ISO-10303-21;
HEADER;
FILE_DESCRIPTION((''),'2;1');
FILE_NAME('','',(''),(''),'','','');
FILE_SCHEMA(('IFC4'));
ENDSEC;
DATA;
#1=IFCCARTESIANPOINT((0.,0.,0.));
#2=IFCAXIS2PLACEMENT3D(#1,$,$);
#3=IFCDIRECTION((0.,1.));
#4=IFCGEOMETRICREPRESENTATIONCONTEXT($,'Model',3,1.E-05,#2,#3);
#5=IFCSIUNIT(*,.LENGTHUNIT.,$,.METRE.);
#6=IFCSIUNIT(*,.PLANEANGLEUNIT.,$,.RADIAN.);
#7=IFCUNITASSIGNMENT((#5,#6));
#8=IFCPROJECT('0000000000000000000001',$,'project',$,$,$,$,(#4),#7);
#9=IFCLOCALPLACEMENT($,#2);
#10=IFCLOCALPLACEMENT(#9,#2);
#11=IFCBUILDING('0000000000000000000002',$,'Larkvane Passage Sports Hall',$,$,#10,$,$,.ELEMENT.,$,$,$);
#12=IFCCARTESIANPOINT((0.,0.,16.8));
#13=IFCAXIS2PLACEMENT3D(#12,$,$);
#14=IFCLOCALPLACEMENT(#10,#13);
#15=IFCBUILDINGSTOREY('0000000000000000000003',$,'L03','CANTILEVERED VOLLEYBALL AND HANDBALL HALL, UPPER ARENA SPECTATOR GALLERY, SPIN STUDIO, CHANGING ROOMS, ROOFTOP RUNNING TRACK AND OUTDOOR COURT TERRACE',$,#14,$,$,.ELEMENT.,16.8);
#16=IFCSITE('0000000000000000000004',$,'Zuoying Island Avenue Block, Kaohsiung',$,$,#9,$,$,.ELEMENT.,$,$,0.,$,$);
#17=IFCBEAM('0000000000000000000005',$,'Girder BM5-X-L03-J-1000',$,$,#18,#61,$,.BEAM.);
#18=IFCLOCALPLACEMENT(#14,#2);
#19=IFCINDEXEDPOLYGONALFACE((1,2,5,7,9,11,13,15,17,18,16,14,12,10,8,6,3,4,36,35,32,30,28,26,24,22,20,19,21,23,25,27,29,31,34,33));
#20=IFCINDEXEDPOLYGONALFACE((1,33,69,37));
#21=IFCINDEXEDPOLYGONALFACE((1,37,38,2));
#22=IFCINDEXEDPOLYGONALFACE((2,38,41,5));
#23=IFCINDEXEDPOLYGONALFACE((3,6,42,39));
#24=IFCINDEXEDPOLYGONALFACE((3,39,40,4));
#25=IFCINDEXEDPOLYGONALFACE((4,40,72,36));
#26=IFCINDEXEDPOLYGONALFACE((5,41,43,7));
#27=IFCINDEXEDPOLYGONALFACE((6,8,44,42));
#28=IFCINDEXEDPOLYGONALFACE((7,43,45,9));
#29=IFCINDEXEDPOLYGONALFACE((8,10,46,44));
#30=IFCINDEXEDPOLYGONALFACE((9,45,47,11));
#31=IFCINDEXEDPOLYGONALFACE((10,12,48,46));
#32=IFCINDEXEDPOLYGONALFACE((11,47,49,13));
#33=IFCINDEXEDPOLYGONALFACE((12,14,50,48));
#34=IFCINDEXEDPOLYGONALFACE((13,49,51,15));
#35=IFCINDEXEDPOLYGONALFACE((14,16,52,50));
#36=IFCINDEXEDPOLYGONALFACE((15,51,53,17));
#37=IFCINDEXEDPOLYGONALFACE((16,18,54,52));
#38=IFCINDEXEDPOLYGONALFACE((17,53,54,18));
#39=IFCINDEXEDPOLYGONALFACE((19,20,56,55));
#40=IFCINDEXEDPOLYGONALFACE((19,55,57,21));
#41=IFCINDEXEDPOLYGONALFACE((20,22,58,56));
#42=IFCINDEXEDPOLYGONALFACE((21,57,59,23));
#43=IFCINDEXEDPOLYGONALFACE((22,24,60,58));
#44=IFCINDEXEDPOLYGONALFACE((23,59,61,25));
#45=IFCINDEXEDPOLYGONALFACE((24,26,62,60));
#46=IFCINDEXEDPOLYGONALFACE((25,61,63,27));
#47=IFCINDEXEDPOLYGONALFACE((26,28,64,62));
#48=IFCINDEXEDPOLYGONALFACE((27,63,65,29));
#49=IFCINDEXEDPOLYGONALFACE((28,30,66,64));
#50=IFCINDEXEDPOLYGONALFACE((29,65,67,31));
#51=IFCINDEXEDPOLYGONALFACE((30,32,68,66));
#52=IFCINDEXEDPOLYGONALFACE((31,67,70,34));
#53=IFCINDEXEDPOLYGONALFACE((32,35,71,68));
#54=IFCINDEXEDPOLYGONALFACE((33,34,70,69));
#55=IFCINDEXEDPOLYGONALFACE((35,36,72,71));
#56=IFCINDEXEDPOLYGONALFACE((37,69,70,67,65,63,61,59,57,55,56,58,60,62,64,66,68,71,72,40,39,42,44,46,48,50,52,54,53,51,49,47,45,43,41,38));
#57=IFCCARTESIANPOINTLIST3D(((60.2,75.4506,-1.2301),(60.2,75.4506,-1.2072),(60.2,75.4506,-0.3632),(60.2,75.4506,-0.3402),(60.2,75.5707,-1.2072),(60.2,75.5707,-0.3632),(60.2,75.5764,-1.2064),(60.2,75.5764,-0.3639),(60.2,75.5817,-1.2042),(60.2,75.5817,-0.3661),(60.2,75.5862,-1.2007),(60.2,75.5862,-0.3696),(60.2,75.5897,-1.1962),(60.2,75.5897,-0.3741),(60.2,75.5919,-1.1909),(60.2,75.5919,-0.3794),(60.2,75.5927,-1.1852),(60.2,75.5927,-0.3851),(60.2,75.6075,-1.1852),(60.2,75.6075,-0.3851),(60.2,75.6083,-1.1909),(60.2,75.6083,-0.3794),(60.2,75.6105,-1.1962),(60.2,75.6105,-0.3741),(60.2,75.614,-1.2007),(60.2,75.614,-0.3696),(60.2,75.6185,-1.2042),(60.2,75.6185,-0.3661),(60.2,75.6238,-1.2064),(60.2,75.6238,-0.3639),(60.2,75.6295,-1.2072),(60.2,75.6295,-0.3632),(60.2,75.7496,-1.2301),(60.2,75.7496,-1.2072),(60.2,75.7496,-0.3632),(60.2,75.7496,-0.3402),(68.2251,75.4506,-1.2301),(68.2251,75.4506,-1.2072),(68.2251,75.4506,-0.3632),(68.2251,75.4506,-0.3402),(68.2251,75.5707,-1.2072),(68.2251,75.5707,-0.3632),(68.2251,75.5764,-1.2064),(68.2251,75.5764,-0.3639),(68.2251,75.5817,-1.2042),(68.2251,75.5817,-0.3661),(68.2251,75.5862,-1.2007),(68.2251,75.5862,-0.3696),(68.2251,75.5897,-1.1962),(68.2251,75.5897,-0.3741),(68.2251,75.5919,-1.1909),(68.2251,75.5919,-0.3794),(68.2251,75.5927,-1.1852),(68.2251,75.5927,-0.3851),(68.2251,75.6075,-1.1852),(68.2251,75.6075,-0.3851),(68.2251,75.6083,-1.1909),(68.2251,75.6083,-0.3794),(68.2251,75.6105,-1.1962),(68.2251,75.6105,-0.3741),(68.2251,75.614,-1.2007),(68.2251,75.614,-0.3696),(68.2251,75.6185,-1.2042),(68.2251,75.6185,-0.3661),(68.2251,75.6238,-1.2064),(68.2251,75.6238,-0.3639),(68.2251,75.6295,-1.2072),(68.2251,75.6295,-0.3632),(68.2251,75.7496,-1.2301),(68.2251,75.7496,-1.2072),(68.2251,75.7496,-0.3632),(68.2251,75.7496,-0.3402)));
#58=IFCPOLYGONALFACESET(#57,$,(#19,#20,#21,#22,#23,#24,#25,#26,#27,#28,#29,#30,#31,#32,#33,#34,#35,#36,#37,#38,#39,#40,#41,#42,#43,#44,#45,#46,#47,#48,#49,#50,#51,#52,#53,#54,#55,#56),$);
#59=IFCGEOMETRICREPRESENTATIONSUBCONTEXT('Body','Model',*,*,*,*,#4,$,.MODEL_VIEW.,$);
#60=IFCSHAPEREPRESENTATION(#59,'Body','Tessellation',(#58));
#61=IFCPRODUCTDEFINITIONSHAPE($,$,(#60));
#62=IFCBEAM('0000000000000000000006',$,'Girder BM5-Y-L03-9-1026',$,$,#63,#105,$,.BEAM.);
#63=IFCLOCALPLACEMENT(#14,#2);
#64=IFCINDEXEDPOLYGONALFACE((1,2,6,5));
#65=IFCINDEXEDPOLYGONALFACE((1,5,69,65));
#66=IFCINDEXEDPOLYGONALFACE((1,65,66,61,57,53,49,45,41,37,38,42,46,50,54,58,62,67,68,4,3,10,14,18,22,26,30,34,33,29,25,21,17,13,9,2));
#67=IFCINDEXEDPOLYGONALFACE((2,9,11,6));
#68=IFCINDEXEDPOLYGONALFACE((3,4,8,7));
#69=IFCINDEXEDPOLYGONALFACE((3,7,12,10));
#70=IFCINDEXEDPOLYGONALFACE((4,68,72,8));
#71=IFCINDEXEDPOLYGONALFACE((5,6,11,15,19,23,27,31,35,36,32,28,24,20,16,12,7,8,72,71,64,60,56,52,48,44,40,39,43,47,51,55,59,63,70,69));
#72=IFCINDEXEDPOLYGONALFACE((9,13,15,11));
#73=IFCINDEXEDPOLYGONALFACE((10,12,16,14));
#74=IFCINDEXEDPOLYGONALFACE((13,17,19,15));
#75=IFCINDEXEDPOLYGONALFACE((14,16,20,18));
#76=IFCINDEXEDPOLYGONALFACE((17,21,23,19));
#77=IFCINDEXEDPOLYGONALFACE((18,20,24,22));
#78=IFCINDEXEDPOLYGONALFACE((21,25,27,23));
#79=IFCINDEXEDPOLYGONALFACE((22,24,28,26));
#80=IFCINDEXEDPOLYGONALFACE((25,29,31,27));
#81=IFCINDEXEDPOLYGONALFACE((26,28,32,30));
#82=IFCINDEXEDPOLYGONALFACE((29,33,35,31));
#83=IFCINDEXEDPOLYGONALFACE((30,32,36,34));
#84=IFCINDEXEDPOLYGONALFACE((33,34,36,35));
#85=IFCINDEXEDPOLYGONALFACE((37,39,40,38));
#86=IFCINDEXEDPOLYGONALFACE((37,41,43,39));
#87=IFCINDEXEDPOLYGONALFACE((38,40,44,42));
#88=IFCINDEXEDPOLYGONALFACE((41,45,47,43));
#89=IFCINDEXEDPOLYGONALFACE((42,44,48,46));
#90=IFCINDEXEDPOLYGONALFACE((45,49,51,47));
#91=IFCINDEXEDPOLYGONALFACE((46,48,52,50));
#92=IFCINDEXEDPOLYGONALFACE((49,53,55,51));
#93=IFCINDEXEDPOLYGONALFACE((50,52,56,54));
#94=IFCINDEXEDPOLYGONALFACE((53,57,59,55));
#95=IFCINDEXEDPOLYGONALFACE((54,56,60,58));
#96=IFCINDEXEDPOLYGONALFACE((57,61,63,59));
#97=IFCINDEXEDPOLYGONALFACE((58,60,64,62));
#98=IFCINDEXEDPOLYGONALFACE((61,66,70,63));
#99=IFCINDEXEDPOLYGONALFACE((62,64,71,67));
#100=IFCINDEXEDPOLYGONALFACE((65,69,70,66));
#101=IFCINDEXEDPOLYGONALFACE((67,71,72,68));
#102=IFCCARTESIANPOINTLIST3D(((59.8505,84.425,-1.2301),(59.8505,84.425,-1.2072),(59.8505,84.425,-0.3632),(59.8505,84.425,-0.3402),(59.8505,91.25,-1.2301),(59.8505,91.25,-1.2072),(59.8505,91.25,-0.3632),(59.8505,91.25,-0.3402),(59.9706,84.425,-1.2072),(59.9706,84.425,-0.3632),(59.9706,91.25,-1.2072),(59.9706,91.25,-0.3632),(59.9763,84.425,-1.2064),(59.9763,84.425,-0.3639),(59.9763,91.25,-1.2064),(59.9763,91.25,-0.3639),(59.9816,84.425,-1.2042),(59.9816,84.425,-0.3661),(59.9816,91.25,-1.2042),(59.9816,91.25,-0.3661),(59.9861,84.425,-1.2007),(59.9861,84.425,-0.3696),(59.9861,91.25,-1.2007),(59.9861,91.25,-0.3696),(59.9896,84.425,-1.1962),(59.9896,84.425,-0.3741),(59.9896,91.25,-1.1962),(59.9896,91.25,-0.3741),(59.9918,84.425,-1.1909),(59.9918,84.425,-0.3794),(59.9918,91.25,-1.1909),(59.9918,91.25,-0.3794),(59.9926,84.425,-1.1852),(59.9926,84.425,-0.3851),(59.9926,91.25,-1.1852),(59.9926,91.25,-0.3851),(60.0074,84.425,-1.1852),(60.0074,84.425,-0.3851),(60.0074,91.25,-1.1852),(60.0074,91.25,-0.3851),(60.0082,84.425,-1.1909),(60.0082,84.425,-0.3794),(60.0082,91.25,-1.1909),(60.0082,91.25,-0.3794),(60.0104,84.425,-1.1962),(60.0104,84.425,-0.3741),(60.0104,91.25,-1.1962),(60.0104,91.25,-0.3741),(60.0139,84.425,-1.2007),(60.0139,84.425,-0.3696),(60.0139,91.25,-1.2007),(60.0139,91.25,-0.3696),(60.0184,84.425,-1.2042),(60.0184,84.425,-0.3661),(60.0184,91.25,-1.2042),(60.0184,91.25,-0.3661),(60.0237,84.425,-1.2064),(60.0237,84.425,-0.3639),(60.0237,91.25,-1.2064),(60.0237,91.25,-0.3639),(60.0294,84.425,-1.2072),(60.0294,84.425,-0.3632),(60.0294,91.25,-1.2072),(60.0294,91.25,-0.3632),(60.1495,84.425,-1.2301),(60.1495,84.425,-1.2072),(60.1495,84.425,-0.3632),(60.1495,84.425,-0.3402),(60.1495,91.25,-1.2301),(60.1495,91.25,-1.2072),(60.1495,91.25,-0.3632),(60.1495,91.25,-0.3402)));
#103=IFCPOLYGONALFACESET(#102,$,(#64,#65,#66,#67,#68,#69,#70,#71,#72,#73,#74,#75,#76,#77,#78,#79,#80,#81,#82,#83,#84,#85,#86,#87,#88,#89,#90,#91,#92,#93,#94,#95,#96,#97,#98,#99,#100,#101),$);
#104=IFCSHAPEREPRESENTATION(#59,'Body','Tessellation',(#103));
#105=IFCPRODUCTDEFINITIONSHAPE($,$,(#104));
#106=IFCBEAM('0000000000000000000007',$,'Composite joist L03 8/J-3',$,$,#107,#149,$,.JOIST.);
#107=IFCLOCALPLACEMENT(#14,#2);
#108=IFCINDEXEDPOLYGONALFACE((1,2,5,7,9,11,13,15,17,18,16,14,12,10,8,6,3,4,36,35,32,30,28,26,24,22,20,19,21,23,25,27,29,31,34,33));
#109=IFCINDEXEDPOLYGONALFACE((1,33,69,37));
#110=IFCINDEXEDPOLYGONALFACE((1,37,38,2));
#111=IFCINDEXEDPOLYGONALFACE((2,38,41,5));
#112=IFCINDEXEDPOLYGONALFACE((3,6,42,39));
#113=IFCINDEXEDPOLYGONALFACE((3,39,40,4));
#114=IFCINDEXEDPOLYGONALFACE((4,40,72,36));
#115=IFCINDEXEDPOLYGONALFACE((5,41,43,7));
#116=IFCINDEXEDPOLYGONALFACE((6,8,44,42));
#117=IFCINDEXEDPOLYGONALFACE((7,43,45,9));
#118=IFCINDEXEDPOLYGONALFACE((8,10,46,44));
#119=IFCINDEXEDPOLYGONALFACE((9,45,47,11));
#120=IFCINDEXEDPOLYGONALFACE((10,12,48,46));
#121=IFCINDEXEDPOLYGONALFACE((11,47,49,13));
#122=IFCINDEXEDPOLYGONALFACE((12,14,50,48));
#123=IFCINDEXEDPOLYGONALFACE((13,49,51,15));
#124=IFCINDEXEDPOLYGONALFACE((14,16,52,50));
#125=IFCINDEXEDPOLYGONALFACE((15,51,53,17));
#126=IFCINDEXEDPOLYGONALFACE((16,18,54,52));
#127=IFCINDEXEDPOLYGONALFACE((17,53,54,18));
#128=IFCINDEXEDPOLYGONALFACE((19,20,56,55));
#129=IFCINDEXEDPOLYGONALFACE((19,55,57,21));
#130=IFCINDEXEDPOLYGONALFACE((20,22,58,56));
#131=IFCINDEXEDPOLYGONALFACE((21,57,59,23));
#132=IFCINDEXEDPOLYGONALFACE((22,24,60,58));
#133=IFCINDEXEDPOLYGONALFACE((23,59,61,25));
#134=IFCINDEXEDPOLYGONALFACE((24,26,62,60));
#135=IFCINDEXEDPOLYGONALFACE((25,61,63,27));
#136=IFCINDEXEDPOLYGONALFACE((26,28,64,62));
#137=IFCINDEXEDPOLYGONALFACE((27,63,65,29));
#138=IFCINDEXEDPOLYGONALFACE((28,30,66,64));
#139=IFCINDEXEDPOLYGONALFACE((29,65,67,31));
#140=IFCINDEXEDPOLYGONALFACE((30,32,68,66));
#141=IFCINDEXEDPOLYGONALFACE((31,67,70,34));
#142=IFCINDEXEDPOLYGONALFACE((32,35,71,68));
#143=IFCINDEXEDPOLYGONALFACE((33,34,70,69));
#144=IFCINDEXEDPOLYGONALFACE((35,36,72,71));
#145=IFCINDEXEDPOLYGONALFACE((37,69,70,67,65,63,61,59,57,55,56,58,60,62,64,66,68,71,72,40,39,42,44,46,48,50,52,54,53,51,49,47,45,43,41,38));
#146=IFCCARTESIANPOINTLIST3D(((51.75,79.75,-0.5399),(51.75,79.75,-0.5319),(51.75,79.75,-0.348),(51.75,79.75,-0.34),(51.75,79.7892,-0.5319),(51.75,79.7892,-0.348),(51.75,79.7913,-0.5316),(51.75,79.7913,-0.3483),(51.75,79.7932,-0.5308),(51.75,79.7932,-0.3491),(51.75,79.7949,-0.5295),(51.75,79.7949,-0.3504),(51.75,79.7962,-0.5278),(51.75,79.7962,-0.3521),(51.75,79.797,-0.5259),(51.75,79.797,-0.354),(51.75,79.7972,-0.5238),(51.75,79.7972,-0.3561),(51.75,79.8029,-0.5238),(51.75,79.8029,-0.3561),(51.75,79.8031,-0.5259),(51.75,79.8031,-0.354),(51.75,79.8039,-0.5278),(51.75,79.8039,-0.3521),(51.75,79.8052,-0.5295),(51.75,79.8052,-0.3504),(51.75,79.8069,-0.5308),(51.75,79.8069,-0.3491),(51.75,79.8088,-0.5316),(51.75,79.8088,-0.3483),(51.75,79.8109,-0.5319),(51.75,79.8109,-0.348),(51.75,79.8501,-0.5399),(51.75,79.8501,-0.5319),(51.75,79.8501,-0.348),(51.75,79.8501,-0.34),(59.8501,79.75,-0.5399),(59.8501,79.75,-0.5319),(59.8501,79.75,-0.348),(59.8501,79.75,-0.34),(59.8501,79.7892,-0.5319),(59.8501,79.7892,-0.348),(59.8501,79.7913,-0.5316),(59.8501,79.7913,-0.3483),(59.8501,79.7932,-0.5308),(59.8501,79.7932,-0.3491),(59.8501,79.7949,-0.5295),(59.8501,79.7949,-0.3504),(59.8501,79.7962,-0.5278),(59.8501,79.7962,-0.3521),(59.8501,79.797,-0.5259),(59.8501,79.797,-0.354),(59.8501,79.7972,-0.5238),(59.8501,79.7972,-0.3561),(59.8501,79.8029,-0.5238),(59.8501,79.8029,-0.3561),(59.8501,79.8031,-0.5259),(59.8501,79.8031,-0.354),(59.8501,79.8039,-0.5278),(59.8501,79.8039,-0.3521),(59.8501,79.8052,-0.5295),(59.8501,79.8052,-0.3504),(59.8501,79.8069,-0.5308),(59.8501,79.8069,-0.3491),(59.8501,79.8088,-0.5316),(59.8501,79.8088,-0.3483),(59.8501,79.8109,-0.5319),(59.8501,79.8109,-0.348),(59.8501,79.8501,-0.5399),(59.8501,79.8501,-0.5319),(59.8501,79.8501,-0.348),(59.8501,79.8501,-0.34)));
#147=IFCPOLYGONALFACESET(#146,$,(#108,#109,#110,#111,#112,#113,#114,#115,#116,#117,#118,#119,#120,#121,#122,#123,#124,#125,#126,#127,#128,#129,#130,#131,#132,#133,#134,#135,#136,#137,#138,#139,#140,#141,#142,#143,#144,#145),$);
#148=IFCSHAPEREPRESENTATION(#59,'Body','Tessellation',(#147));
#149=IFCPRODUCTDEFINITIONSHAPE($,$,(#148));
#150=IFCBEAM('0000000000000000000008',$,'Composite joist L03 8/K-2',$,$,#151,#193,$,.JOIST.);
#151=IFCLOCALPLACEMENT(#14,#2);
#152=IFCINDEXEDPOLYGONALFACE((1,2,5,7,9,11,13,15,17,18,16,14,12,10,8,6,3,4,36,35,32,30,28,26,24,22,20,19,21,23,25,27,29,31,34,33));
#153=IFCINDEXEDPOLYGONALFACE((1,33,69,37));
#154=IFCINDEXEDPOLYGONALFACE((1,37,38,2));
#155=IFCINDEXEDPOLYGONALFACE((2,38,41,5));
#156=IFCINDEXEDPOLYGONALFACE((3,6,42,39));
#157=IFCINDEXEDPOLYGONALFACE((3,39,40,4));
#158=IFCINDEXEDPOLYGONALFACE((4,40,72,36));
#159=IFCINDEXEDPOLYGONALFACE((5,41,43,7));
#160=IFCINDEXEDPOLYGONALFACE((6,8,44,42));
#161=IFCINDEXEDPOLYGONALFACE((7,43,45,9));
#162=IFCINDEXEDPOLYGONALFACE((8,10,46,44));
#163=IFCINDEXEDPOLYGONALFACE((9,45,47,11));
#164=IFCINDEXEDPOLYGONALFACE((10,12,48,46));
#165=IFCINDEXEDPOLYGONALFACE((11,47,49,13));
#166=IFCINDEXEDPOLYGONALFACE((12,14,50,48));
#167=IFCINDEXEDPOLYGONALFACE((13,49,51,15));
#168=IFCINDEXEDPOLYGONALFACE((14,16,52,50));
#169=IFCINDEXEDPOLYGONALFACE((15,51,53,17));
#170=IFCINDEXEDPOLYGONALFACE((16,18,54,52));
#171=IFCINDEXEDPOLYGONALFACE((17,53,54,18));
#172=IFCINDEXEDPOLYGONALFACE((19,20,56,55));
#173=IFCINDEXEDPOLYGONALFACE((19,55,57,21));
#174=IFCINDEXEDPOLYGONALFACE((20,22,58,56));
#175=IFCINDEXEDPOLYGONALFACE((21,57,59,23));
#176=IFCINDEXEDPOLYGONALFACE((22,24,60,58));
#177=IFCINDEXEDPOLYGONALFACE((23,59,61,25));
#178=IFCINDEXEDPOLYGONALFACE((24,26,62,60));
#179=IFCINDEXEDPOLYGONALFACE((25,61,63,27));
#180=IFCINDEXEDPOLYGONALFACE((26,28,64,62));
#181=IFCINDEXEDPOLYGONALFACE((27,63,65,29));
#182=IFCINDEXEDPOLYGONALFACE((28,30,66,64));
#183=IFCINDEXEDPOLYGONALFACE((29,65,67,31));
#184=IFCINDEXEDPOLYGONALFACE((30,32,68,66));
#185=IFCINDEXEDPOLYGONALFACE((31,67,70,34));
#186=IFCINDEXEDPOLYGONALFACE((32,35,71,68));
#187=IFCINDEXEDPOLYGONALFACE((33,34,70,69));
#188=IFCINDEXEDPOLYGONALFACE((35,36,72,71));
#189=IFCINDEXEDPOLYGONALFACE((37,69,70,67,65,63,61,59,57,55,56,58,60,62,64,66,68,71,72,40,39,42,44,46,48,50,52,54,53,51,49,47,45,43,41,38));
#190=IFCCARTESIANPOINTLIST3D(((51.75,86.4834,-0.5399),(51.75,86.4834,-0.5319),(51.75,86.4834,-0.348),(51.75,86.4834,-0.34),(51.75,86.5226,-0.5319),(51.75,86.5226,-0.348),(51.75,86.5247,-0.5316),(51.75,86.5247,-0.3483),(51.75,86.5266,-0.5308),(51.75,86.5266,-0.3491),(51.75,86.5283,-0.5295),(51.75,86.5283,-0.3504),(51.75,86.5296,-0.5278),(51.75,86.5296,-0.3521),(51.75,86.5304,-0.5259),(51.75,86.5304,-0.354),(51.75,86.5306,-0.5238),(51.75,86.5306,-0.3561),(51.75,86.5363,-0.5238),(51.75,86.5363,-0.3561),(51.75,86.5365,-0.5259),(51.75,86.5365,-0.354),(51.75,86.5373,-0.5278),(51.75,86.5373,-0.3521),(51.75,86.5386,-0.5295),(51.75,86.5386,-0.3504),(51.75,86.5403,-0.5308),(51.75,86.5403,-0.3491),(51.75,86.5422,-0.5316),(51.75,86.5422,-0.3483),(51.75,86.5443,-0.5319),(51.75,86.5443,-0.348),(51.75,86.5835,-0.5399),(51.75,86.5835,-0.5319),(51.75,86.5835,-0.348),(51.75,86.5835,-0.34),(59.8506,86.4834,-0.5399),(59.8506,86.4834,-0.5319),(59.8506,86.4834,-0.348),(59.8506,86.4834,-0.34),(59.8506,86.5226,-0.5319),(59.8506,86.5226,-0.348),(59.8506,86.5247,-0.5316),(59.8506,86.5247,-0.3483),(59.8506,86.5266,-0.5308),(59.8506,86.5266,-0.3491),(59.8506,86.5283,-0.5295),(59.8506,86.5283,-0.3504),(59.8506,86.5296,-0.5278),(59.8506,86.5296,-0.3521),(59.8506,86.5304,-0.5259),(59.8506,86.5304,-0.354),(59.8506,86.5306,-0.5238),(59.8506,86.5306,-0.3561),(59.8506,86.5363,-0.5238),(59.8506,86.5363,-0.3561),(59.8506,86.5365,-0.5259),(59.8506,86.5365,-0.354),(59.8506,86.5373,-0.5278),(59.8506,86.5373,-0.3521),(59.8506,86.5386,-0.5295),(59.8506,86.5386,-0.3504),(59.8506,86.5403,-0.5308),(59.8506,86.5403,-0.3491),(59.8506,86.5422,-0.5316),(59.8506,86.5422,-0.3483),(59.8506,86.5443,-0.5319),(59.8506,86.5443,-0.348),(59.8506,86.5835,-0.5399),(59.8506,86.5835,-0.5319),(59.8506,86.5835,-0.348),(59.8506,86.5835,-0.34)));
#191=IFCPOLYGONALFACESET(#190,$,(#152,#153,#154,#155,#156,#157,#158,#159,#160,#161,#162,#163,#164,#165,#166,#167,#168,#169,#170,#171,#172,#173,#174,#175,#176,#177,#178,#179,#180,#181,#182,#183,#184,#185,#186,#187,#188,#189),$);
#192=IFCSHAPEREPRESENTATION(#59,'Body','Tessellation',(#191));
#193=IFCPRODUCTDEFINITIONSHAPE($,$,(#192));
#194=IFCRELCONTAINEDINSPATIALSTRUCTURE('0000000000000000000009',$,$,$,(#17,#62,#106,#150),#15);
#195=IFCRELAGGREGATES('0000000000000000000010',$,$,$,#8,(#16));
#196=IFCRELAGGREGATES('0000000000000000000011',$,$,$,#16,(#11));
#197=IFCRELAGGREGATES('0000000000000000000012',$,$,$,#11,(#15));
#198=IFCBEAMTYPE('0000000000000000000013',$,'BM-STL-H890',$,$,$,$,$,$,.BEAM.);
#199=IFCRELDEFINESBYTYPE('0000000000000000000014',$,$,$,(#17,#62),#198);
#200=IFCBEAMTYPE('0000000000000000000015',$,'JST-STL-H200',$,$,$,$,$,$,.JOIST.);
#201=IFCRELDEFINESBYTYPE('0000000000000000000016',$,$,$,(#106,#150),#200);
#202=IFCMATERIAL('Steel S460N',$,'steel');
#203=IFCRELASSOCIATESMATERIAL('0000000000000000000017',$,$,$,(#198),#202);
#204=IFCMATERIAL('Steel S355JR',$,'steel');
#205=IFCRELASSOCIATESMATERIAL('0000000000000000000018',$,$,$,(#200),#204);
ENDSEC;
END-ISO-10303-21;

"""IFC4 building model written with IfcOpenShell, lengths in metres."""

from ifc_helpers import new_model, si_unit, direction, frame, origin, origin_2d, place, context, subcontext, project, spatial, i_section, extrude, material, material_profile, profile_set, type_object, element, save


model = new_model("IFC4")

# Units and contexts
model_context = context("Model", 3, precision=1e-05, world=origin(), true_north=direction((0.0, 1.0)))
body_context = subcontext(model_context, "Body", "Model", "MODEL_VIEW")
ifc_project = project(units=[si_unit("LENGTHUNIT", "METRE"), si_unit("PLANEANGLEUNIT", "RADIAN")], contexts=[model_context])

# Site, building, storey
site_placement = place(None, origin())
site = spatial("IfcSite", under=ifc_project, at=site_placement, Name="Zuoying Island Avenue Block, Kaohsiung", CompositionType="ELEMENT", RefElevation=0.0)
building_placement = place(site_placement, origin())
building = spatial("IfcBuilding", under=site, at=building_placement, Name="Larkvane Passage Sports Hall", CompositionType="ELEMENT")
storey_placement = place(building_placement, frame((0.0, 0.0, 16.8)))
storey = spatial("IfcBuildingStorey", under=building, at=storey_placement, Name="L03", Description="CANTILEVERED VOLLEYBALL AND HANDBALL HALL, UPPER ARENA SPECTATOR GALLERY, SPIN STUDIO, CHANGING ROOMS, ROOFTOP RUNNING TRACK AND OUTDOOR COURT TERRACE", CompositionType="ELEMENT", Elevation=16.8)

# Shared definitions
ifc_material_1 = material(Name="Steel S460N", Category="steel")
ifc_material_2 = material(Name="Steel S355JR", Category="steel")

# Beams
ifc_material_profile_1 = material_profile(ifc_material_1, i_section(OverallWidth=0.2991, OverallDepth=0.8899, WebThickness=0.0149, FlangeThickness=0.0229, FilletRadius=0.022, at=origin_2d()), Name="H-890x299x15x23")
ifc_profile_set_1 = profile_set([ifc_material_profile_1], Name="Steel S460N")
beam_type_1 = type_object("IfcBeamType", Name="BM-STL-H890", PredefinedType="BEAM", material=ifc_profile_set_1)
beam_1_placement = place(storey_placement, frame((60.2, 75.6001, -0.7852), z_axis=(1.0, 0.0, 0.0), x_axis=(0.0, 1.0, 0.0)))
element("IfcBeam", 1, at=beam_1_placement, inside=storey, type_object=beam_type_1, Name="Girder BM5-X-L03-J-1000", PredefinedType="BEAM", context=body_context, shape_type="SweptSolid", body=[
    extrude(i_section(OverallWidth=0.2991, OverallDepth=0.8899, WebThickness=0.0149, FlangeThickness=0.0229, FilletRadius=0.022, at=origin_2d()), origin(), (0.0, 0.0, 1.0), 8.0251),
])
beam_2_placement = place(storey_placement, frame((60.0, 84.425, -0.7852), z_axis=(0.0, 1.0, 0.0), x_axis=(-1.0, 0.0, 0.0)))
element("IfcBeam", 2, at=beam_2_placement, inside=storey, type_object=beam_type_1, Name="Girder BM5-Y-L03-9-1026", PredefinedType="BEAM", context=body_context, shape_type="SweptSolid", body=[
    extrude(i_section(OverallWidth=0.2991, OverallDepth=0.8899, WebThickness=0.0149, FlangeThickness=0.0229, FilletRadius=0.022, at=origin_2d()), origin(), (0.0, 0.0, 1.0), 6.825),
])
ifc_material_profile_2 = material_profile(ifc_material_2, i_section(OverallWidth=0.1001, OverallDepth=0.2, WebThickness=0.0056, FlangeThickness=0.0081, FilletRadius=0.0081, at=origin_2d()), Name="H-200x100x5.5x8")
ifc_profile_set_2 = profile_set([ifc_material_profile_2], Name="Steel S355JR")
beam_type_2 = type_object("IfcBeamType", Name="JST-STL-H200", PredefinedType="JOIST", material=ifc_profile_set_2)
beam_3_placement = place(storey_placement, frame((51.75, 79.8, -0.4399), z_axis=(1.0, 0.0, 0.0), x_axis=(0.0, 1.0, 0.0)))
element("IfcBeam", 3, at=beam_3_placement, inside=storey, type_object=beam_type_2, Name="Composite joist L03 8/J-3", PredefinedType="JOIST", context=body_context, shape_type="SweptSolid", body=[
    extrude(i_section(OverallWidth=0.1001, OverallDepth=0.2, WebThickness=0.0056, FlangeThickness=0.0081, FilletRadius=0.0081, at=origin_2d()), origin(), (0.0, 0.0, 1.0), 8.1001),
])
for number, where, z_axis, x_axis, name in (
    (4, (51.75, 86.5334, -0.4399), (1.0, 0.0, 0.0), (0.0, 1.0, 0.0), "Composite joist L03 8/K-2"),
):
    element("IfcBeam", number, at=place(storey_placement, frame(where, z_axis=z_axis, x_axis=x_axis)), inside=storey, type_object=beam_type_2, Name=name, PredefinedType="JOIST", context=body_context, shape_type="SweptSolid", body=[
        extrude(i_section(OverallWidth=0.1001, OverallDepth=0.2, WebThickness=0.0056, FlangeThickness=0.0081, FilletRadius=0.0081, at=origin_2d()), origin(), (0.0, 0.0, 1.0), 8.1006),
    ])

save(model, "model.ifc")
